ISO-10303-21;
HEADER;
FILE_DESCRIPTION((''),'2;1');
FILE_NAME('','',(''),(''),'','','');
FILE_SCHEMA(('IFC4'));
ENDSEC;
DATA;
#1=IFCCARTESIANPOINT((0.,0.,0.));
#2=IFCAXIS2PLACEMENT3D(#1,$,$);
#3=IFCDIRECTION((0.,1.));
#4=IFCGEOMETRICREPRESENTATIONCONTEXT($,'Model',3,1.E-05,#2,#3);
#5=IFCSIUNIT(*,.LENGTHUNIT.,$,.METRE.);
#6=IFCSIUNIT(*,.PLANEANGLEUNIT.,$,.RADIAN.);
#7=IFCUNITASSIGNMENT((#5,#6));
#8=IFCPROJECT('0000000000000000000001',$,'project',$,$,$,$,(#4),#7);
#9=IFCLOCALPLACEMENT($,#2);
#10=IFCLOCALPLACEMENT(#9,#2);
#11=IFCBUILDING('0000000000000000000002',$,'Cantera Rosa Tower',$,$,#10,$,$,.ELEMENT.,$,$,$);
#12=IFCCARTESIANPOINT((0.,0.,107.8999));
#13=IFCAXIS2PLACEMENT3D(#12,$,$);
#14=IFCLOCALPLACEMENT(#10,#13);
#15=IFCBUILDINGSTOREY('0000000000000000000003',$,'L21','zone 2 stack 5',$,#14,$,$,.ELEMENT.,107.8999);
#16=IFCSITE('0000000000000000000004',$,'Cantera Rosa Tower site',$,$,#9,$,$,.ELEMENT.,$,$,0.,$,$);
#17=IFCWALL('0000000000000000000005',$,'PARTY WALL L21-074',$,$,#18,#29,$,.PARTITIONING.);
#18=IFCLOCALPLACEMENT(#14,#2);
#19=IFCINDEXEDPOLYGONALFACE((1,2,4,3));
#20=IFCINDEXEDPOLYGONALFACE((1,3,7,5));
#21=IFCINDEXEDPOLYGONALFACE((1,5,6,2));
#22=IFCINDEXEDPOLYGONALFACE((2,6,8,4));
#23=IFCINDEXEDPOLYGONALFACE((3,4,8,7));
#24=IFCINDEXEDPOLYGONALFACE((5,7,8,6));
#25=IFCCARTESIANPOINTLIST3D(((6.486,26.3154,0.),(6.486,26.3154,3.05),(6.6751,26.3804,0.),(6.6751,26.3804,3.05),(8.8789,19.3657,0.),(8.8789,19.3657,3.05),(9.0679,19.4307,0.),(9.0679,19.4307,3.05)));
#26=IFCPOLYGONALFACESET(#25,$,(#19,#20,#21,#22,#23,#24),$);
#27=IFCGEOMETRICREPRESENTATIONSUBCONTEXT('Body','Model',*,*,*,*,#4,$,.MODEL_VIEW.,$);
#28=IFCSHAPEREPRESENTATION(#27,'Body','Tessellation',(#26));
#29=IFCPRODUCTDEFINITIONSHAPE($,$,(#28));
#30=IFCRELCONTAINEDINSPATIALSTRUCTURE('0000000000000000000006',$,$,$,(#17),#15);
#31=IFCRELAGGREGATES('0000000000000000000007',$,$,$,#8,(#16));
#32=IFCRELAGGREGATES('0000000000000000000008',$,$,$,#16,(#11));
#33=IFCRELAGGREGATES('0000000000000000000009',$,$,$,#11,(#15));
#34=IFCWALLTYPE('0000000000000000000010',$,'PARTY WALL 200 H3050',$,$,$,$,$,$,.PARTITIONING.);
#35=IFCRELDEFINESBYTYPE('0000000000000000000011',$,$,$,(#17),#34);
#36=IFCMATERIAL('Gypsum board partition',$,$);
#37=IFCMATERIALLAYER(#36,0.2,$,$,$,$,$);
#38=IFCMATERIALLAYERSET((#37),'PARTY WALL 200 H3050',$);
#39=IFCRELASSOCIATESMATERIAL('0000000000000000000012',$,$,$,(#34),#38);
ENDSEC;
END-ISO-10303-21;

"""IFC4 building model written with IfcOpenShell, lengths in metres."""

from ifc_helpers import new_model, si_unit, direction, frame, frame_2d, origin, place, context, subcontext, project, spatial, rectangle, extrude, material, layer, layer_set, type_object, element, save


model = new_model("IFC4")

# Units and contexts
model_context = context("Model", 3, precision=1e-05, world=origin(), true_north=direction((0.0, 1.0)))
body_context = subcontext(model_context, "Body", "Model", "MODEL_VIEW")
ifc_project = project(units=[si_unit("LENGTHUNIT", "METRE"), si_unit("PLANEANGLEUNIT", "RADIAN")], contexts=[model_context])

# Site, building, storey
site_placement = place(None, origin())
site = spatial("IfcSite", under=ifc_project, at=site_placement, Name="Cantera Rosa Tower site", CompositionType="ELEMENT", RefElevation=0.0)
building_placement = place(site_placement, origin())
building = spatial("IfcBuilding", under=site, at=building_placement, Name="Cantera Rosa Tower", CompositionType="ELEMENT")
storey_placement = place(building_placement, frame((0.0, 0.0, 107.8999)))
storey = spatial("IfcBuildingStorey", under=building, at=storey_placement, Name="L21", Description="zone 2 stack 5", CompositionType="ELEMENT", Elevation=107.8999)

# Wall
ifc_material_1 = material(Name="Gypsum board partition")
ifc_layer_1 = layer(ifc_material_1, 0.2)
ifc_layer_set_1 = layer_set([ifc_layer_1], Name="PARTY WALL 200 H3050")
wall_type_1 = type_object("IfcWallType", Name="PARTY WALL 200 H3050", PredefinedType="PARTITIONING", material=ifc_layer_set_1)
wall_1_placement = place(storey_placement, frame((6.5806, 26.3479, 0.0), z_axis=(0.0, 0.0, 1.0), x_axis=(0.325549, -0.945525, 0.0)))
element("IfcWall", 1, at=wall_1_placement, inside=storey, type_object=wall_type_1, Name="PARTY WALL L21-074", PredefinedType="PARTITIONING", context=body_context, shape_type="SweptSolid", body=[
    extrude(rectangle(XDim=7.3501, YDim=0.2, at=frame_2d((3.675, 0.0))), origin(), (0.0, 0.0, 1.0), 3.05),
])

save(model, "model.ifc")
